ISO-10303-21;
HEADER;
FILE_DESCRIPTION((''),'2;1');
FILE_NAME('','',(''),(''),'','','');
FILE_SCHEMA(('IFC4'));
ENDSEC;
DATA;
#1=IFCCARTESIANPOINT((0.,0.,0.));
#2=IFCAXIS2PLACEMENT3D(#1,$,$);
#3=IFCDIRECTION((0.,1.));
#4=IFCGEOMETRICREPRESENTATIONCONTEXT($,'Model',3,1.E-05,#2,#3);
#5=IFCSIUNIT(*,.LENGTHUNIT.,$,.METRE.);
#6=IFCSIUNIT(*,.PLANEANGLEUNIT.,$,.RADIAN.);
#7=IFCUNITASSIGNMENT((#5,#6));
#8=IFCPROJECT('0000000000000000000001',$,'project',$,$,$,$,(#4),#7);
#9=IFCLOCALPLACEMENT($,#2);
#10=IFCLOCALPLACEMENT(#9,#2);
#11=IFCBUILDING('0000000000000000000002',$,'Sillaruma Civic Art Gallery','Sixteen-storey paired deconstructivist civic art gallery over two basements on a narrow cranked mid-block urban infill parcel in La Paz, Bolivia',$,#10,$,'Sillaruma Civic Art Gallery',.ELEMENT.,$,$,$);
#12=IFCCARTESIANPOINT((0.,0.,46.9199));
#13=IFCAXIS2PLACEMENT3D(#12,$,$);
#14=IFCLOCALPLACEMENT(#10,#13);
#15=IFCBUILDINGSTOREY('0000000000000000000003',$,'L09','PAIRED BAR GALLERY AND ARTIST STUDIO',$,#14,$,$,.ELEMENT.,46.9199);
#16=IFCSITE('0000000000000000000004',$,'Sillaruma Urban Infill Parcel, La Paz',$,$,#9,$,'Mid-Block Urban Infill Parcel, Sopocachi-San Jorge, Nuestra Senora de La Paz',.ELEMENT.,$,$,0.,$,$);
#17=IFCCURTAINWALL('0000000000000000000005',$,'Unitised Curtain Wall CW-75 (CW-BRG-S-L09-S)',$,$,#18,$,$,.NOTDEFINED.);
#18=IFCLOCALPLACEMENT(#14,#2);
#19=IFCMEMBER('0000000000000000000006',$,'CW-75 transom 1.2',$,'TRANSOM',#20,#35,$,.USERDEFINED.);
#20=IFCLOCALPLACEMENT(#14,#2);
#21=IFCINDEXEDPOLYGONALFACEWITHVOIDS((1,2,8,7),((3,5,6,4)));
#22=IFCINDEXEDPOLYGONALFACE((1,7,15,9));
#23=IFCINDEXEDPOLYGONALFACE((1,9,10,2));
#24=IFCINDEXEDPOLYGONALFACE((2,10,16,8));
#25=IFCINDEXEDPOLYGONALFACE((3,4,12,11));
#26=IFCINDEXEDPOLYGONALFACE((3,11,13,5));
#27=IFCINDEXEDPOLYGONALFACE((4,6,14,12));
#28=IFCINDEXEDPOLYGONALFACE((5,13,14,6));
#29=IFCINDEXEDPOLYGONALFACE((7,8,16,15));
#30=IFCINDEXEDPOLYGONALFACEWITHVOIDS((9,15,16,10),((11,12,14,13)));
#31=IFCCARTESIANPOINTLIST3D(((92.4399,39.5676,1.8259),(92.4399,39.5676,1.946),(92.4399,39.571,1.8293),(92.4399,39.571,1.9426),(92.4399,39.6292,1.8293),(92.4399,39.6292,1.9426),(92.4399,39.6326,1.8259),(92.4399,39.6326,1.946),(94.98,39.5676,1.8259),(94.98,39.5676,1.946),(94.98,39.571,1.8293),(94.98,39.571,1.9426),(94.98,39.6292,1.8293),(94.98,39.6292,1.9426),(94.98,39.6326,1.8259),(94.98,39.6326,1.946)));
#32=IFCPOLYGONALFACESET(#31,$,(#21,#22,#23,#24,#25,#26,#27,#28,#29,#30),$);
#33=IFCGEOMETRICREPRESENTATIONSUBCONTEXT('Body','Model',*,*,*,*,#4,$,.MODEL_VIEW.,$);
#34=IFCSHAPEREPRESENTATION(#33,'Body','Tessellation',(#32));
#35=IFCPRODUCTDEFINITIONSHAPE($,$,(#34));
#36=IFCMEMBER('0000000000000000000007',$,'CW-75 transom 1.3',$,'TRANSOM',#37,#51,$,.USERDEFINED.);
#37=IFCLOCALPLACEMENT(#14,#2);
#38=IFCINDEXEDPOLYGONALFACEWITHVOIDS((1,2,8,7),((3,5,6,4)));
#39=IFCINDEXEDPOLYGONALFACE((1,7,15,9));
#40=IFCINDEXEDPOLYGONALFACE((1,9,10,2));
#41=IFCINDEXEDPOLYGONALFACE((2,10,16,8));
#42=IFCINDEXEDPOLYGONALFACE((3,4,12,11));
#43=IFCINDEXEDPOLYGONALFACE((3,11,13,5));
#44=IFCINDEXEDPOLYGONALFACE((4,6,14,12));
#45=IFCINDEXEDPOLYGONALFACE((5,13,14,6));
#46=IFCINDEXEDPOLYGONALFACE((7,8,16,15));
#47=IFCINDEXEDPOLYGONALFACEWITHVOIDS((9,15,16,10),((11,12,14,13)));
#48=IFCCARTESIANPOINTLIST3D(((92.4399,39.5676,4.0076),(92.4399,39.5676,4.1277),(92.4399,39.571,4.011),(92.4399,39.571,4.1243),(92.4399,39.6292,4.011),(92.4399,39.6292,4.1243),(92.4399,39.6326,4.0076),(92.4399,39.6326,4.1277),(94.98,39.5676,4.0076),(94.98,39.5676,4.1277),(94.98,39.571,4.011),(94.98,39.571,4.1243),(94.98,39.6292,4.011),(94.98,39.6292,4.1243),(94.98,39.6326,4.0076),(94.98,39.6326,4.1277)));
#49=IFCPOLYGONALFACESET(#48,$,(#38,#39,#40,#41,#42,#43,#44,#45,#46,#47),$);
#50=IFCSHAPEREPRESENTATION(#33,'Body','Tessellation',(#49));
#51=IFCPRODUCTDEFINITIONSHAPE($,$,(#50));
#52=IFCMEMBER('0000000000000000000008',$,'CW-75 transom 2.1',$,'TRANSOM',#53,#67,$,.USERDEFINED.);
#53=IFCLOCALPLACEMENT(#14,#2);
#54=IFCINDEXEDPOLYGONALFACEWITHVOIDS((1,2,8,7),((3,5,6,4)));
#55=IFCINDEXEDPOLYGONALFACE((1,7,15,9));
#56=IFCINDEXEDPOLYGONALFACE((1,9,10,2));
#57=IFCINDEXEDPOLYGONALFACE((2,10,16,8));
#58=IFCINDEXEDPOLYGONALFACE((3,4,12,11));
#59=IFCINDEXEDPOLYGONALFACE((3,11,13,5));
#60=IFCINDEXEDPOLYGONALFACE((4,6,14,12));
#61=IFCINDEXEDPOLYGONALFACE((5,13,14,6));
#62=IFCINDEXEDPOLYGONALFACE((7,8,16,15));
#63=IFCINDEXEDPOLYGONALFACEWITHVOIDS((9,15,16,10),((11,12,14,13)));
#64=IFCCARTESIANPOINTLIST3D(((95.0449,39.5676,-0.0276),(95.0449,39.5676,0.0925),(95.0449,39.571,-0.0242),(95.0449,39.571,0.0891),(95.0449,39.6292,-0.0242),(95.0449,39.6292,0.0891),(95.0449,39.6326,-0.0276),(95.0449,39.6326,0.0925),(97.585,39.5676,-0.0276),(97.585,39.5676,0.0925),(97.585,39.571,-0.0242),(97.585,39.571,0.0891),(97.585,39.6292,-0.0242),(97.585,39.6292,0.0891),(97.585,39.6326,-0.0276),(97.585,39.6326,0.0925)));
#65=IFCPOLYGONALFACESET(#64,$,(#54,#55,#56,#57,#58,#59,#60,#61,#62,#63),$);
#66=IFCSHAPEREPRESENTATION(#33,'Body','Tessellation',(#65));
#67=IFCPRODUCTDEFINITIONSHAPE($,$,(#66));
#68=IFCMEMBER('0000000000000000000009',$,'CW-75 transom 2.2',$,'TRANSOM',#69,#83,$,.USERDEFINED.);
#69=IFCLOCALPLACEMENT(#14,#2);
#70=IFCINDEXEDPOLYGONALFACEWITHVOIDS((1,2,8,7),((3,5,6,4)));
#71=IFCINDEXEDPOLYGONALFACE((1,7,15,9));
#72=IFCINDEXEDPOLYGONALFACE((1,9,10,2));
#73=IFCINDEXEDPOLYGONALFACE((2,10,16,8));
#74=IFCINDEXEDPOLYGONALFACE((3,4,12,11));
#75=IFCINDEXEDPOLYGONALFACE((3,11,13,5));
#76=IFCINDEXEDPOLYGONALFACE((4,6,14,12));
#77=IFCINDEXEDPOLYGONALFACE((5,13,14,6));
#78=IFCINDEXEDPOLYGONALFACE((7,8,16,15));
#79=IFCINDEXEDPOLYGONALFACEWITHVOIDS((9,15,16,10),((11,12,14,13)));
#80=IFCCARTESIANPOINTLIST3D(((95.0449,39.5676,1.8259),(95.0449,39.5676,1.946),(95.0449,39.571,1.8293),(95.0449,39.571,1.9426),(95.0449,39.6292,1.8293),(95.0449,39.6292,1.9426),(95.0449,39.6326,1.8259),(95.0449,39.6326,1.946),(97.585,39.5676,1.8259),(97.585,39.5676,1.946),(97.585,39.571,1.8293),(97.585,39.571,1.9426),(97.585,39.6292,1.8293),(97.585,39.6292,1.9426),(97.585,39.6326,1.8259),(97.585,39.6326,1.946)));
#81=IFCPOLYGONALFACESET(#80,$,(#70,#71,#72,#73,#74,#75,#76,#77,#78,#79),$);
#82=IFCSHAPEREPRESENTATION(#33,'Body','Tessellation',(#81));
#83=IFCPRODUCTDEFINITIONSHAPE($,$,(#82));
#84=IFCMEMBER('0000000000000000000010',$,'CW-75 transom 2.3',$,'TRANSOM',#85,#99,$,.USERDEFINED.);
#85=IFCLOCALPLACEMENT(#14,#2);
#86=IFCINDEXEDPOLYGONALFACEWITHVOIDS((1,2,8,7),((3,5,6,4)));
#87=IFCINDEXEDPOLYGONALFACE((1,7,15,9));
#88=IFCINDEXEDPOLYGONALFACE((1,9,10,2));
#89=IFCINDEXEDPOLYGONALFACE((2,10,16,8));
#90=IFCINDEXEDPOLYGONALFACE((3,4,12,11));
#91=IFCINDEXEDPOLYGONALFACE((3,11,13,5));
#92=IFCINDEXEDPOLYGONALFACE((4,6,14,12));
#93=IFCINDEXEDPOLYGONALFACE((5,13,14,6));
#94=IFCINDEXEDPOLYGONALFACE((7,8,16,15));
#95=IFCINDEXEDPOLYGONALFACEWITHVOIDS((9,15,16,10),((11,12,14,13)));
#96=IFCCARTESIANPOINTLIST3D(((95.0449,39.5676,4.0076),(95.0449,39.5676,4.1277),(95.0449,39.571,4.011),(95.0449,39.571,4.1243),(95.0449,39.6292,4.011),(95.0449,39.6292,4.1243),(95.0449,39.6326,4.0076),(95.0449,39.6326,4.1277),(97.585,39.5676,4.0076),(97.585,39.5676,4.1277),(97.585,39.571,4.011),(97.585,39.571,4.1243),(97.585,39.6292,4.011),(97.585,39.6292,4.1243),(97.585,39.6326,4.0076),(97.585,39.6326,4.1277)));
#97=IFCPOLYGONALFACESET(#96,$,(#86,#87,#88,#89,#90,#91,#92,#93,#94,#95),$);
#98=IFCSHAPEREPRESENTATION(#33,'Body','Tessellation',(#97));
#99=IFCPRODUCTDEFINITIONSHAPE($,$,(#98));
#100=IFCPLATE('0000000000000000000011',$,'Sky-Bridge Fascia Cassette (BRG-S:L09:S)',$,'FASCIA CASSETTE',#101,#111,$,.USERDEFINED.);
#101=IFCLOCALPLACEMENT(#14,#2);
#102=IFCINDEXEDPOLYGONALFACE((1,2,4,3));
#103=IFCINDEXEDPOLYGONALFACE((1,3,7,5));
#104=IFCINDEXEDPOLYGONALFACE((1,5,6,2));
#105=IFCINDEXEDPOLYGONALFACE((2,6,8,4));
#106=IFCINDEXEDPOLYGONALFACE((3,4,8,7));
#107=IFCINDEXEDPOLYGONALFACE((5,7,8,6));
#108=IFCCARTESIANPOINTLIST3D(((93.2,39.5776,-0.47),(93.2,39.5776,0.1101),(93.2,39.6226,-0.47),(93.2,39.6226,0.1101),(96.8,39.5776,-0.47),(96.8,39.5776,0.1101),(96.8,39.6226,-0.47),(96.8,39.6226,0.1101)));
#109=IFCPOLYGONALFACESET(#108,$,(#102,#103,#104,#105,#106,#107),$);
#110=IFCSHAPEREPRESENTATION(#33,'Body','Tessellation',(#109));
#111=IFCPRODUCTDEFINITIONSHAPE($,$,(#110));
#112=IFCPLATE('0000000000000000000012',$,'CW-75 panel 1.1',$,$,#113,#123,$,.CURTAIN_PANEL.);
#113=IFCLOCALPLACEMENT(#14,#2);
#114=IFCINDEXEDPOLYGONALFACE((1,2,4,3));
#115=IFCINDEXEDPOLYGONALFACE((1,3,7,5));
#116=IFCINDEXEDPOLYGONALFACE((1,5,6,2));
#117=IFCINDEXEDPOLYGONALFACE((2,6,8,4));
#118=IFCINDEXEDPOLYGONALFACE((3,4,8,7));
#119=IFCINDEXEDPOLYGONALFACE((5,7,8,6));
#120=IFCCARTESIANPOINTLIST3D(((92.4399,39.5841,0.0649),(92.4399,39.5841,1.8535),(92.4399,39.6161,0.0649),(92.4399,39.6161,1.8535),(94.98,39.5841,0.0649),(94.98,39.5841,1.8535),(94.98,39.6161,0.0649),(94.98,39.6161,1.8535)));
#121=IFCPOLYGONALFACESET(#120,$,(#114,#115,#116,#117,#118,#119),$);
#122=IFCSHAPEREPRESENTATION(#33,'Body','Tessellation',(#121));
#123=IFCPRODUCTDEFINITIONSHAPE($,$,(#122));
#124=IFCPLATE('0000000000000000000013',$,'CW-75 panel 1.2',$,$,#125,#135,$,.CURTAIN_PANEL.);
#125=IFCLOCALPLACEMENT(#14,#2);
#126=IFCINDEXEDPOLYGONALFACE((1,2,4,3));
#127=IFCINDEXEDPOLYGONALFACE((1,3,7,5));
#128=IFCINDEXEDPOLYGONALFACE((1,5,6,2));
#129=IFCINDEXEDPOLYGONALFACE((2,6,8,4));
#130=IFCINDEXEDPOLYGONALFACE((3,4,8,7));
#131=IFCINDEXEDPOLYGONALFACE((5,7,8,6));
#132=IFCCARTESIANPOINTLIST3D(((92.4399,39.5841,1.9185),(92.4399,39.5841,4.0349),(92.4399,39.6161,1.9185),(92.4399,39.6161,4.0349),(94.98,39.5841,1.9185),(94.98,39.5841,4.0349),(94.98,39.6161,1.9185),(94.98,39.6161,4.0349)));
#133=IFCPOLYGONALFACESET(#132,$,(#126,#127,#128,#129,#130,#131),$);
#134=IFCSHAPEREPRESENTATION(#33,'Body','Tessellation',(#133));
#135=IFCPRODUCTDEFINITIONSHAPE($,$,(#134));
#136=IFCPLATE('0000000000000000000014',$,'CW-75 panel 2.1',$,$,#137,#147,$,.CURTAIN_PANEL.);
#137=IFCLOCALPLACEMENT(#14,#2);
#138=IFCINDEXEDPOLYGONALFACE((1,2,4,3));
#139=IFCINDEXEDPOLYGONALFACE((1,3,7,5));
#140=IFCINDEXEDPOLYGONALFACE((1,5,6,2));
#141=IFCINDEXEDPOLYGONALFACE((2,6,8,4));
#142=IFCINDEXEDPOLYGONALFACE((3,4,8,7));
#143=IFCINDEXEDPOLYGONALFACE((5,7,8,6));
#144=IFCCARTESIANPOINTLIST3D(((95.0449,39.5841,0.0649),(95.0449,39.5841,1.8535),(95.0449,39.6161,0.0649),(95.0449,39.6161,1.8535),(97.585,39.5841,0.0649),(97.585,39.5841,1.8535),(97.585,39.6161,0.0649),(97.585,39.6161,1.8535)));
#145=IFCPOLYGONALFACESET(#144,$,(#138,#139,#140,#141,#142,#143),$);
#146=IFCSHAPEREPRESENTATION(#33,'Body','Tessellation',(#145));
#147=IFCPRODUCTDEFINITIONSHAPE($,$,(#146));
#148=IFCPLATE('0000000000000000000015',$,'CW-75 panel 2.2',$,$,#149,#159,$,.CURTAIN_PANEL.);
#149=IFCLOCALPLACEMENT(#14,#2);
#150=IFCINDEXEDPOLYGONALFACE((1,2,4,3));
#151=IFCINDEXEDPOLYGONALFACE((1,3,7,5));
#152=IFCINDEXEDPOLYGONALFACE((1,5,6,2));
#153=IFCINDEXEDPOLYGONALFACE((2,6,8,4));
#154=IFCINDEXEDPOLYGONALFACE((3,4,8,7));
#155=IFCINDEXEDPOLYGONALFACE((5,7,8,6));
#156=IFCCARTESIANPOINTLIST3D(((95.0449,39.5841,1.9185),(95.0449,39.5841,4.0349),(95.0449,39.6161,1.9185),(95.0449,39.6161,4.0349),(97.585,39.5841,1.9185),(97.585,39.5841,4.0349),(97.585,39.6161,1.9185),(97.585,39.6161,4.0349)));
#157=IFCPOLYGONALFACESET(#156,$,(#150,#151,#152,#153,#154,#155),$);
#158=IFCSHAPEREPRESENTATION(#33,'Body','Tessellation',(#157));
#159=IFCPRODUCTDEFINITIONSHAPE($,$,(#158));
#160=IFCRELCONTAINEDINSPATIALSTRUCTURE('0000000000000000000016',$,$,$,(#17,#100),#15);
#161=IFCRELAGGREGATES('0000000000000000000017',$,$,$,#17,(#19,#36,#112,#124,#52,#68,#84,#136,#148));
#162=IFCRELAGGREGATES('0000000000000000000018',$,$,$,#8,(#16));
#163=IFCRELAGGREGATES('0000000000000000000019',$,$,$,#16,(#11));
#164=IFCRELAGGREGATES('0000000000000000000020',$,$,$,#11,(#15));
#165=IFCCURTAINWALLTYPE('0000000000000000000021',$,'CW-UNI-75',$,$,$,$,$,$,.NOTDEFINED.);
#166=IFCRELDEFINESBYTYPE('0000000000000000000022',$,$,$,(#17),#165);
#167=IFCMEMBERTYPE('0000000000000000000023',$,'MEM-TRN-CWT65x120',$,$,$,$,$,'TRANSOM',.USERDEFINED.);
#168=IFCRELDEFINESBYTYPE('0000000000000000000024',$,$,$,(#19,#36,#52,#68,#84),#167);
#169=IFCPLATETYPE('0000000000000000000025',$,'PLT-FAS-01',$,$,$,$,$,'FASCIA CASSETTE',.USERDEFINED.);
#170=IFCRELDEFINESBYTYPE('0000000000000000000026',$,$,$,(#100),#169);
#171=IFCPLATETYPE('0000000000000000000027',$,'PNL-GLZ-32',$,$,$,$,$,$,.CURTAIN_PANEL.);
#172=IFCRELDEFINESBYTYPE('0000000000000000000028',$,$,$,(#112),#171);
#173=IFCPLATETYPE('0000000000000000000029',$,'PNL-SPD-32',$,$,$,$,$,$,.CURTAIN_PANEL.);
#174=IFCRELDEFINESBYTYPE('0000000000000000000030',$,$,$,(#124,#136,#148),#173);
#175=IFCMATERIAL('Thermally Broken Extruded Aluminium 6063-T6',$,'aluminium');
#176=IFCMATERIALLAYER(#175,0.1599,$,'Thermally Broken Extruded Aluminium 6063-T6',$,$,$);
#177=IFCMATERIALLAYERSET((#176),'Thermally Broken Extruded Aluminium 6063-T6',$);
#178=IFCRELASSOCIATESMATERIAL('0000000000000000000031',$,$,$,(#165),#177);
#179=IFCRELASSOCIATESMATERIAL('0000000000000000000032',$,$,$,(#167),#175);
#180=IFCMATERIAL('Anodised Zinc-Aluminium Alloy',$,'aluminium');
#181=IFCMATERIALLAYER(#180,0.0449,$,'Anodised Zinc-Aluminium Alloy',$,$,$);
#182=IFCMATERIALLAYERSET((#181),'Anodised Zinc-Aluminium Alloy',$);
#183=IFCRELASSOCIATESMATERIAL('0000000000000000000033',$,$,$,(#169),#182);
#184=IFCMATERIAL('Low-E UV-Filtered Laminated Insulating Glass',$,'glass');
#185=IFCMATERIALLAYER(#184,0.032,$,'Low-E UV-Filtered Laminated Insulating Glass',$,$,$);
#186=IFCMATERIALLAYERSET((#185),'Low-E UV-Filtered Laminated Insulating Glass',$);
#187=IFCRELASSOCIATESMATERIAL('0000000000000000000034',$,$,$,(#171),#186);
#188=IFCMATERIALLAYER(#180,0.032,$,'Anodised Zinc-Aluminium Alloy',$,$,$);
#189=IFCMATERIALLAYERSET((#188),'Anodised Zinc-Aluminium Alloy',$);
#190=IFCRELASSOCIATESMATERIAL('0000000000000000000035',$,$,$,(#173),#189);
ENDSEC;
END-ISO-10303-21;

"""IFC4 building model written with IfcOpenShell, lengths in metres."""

from ifc_helpers import new_model, si_unit, direction, frame, origin, origin_2d, place, context, subcontext, project, spatial, rectangle, hollow_rectangle, extrude, material, layer, layer_set, material_profile, profile_set, type_object, element, aggregate, save


model = new_model("IFC4")

# Units and contexts
model_context = context("Model", 3, precision=1e-05, world=origin(), true_north=direction((0.0, 1.0)))
body_context = subcontext(model_context, "Body", "Model", "MODEL_VIEW")
ifc_project = project(units=[si_unit("LENGTHUNIT", "METRE"), si_unit("PLANEANGLEUNIT", "RADIAN")], contexts=[model_context])

# Site, building, storey
site_placement = place(None, origin())
site = spatial("IfcSite", under=ifc_project, at=site_placement, Name="Sillaruma Urban Infill Parcel, La Paz", LongName="Mid-Block Urban Infill Parcel, Sopocachi-San Jorge, Nuestra Senora de La Paz", CompositionType="ELEMENT", RefElevation=0.0)
building_placement = place(site_placement, origin())
building = spatial("IfcBuilding", under=site, at=building_placement, Name="Sillaruma Civic Art Gallery", Description="Sixteen-storey paired deconstructivist civic art gallery over two basements on a narrow cranked mid-block urban infill parcel in La Paz, Bolivia", LongName="Sillaruma Civic Art Gallery", CompositionType="ELEMENT")
storey_placement = place(building_placement, frame((0.0, 0.0, 46.9199)))
storey = spatial("IfcBuildingStorey", under=building, at=storey_placement, Name="L09", Description="PAIRED BAR GALLERY AND ARTIST STUDIO", CompositionType="ELEMENT", Elevation=46.9199)

# Curtain wall, members
ifc_material_1 = material(Name="Thermally Broken Extruded Aluminium 6063-T6", Category="aluminium")
ifc_layer_1 = layer(ifc_material_1, 0.1599, Name="Thermally Broken Extruded Aluminium 6063-T6")
ifc_layer_set_1 = layer_set([ifc_layer_1], Name="Thermally Broken Extruded Aluminium 6063-T6")
curtain_wall_type = type_object("IfcCurtainWallType", Name="CW-UNI-75", PredefinedType="NOTDEFINED", material=ifc_layer_set_1)
curtain_wall_placement = place(storey_placement, origin())
curtain_wall = element("IfcCurtainWall", 1, at=curtain_wall_placement, inside=storey, type_object=curtain_wall_type, Name="Unitised Curtain Wall CW-75 (CW-BRG-S-L09-S)", PredefinedType="NOTDEFINED")
ifc_material_profile_1 = material_profile(ifc_material_1, hollow_rectangle(XDim=0.0649, YDim=0.1201, WallThickness=0.0034, at=origin_2d()), Name="CWT65x120")
ifc_profile_set_1 = profile_set([ifc_material_profile_1], Name="Thermally Broken Extruded Aluminium 6063-T6")
member_type_1 = type_object("IfcMemberType", Name="MEM-TRN-CWT65x120", ElementType="TRANSOM", PredefinedType="USERDEFINED", material=ifc_profile_set_1)
member_1_placement = place(storey_placement, frame((92.4399, 39.6001, 1.886), z_axis=(1.0, 0.0, 0.0), x_axis=(0.0, 1.0, 0.0)))
member_1 = element("IfcMember", 2, at=member_1_placement, type_object=member_type_1, Name="CW-75 transom 1.2", ObjectType="TRANSOM", PredefinedType="USERDEFINED", context=body_context, shape_type="SweptSolid", body=[
    extrude(hollow_rectangle(XDim=0.0649, YDim=0.1201, WallThickness=0.0034, at=origin_2d()), origin(), (0.0, 0.0, 1.0), 2.54),
])
member_2_placement = place(storey_placement, frame((92.4399, 39.6001, 4.0676), z_axis=(1.0, 0.0, 0.0), x_axis=(0.0, 1.0, 0.0)))
member_2 = element("IfcMember", 3, at=member_2_placement, type_object=member_type_1, Name="CW-75 transom 1.3", ObjectType="TRANSOM", PredefinedType="USERDEFINED", context=body_context, shape_type="SweptSolid", body=[
    extrude(hollow_rectangle(XDim=0.0649, YDim=0.1201, WallThickness=0.0034, at=origin_2d()), origin(), (0.0, 0.0, 1.0), 2.54),
])
member_3_placement = place(storey_placement, frame((95.0449, 39.6001, 0.0325), z_axis=(1.0, 0.0, 0.0), x_axis=(0.0, 1.0, 0.0)))
member_3 = element("IfcMember", 4, at=member_3_placement, type_object=member_type_1, Name="CW-75 transom 2.1", ObjectType="TRANSOM", PredefinedType="USERDEFINED", context=body_context, shape_type="SweptSolid", body=[
    extrude(hollow_rectangle(XDim=0.0649, YDim=0.1201, WallThickness=0.0034, at=origin_2d()), origin(), (0.0, 0.0, 1.0), 2.54),
])
member_4_placement = place(storey_placement, frame((95.0449, 39.6001, 1.886), z_axis=(1.0, 0.0, 0.0), x_axis=(0.0, 1.0, 0.0)))
member_4 = element("IfcMember", 5, at=member_4_placement, type_object=member_type_1, Name="CW-75 transom 2.2", ObjectType="TRANSOM", PredefinedType="USERDEFINED", context=body_context, shape_type="SweptSolid", body=[
    extrude(hollow_rectangle(XDim=0.0649, YDim=0.1201, WallThickness=0.0034, at=origin_2d()), origin(), (0.0, 0.0, 1.0), 2.54),
])
member_5_placement = place(storey_placement, frame((95.0449, 39.6001, 4.0676), z_axis=(1.0, 0.0, 0.0), x_axis=(0.0, 1.0, 0.0)))
member_5 = element("IfcMember", 6, at=member_5_placement, type_object=member_type_1, Name="CW-75 transom 2.3", ObjectType="TRANSOM", PredefinedType="USERDEFINED", context=body_context, shape_type="SweptSolid", body=[
    extrude(hollow_rectangle(XDim=0.0649, YDim=0.1201, WallThickness=0.0034, at=origin_2d()), origin(), (0.0, 0.0, 1.0), 2.54),
])

# Plates
ifc_material_2 = material(Name="Anodised Zinc-Aluminium Alloy", Category="aluminium")
ifc_layer_2 = layer(ifc_material_2, 0.0449, Name="Anodised Zinc-Aluminium Alloy")
ifc_layer_set_2 = layer_set([ifc_layer_2], Name="Anodised Zinc-Aluminium Alloy")
plate_type_1 = type_object("IfcPlateType", Name="PLT-FAS-01", ElementType="FASCIA CASSETTE", PredefinedType="USERDEFINED", material=ifc_layer_set_2)
plate_1_placement = place(storey_placement, frame((95.0, 39.6001, -0.47), z_axis=(0.0, 0.0, 1.0), x_axis=(1.0, 0.0, 0.0)))
element("IfcPlate", 7, at=plate_1_placement, inside=storey, type_object=plate_type_1, Name="Sky-Bridge Fascia Cassette (BRG-S:L09:S)", ObjectType="FASCIA CASSETTE", PredefinedType="USERDEFINED", context=body_context, shape_type="SweptSolid", body=[
    extrude(rectangle(XDim=3.6001, YDim=0.0449, at=origin_2d()), origin(), (0.0, 0.0, 1.0), 0.5801),
])
ifc_material_3 = material(Name="Low-E UV-Filtered Laminated Insulating Glass", Category="glass")
ifc_layer_3 = layer(ifc_material_3, 0.032, Name="Low-E UV-Filtered Laminated Insulating Glass")
ifc_layer_set_3 = layer_set([ifc_layer_3], Name="Low-E UV-Filtered Laminated Insulating Glass")
plate_type_2 = type_object("IfcPlateType", Name="PNL-GLZ-32", PredefinedType="CURTAIN_PANEL", material=ifc_layer_set_3)
plate_2_placement = place(storey_placement, frame((93.71, 39.6001, 0.0649), z_axis=(0.0, 0.0, 1.0), x_axis=(1.0, 0.0, 0.0)))
plate_2 = element("IfcPlate", 8, at=plate_2_placement, type_object=plate_type_2, Name="CW-75 panel 1.1", PredefinedType="CURTAIN_PANEL", context=body_context, shape_type="SweptSolid", body=[
    extrude(rectangle(XDim=2.54, YDim=0.032, at=origin_2d()), origin(), (0.0, 0.0, 1.0), 1.7886),
])
ifc_layer_4 = layer(ifc_material_2, 0.032, Name="Anodised Zinc-Aluminium Alloy")
ifc_layer_set_4 = layer_set([ifc_layer_4], Name="Anodised Zinc-Aluminium Alloy")
plate_type_3 = type_object("IfcPlateType", Name="PNL-SPD-32", PredefinedType="CURTAIN_PANEL", material=ifc_layer_set_4)
plate_3_placement = place(storey_placement, frame((93.71, 39.6001, 1.9185), z_axis=(0.0, 0.0, 1.0), x_axis=(1.0, 0.0, 0.0)))
plate_3 = element("IfcPlate", 9, at=plate_3_placement, type_object=plate_type_3, Name="CW-75 panel 1.2", PredefinedType="CURTAIN_PANEL", context=body_context, shape_type="SweptSolid", body=[
    extrude(rectangle(XDim=2.54, YDim=0.032, at=origin_2d()), origin(), (0.0, 0.0, 1.0), 2.1165),
])
plate_4_placement = place(storey_placement, frame((96.3149, 39.6001, 0.0649), z_axis=(0.0, 0.0, 1.0), x_axis=(1.0, 0.0, 0.0)))
plate_4 = element("IfcPlate", 10, at=plate_4_placement, type_object=plate_type_3, Name="CW-75 panel 2.1", PredefinedType="CURTAIN_PANEL", context=body_context, shape_type="SweptSolid", body=[
    extrude(rectangle(XDim=2.54, YDim=0.032, at=origin_2d()), origin(), (0.0, 0.0, 1.0), 1.7886),
])
plate_5_placement = place(storey_placement, frame((96.3149, 39.6001, 1.9185), z_axis=(0.0, 0.0, 1.0), x_axis=(1.0, 0.0, 0.0)))
plate_5 = element("IfcPlate", 11, at=plate_5_placement, type_object=plate_type_3, Name="CW-75 panel 2.2", PredefinedType="CURTAIN_PANEL", context=body_context, shape_type="SweptSolid", body=[
    extrude(rectangle(XDim=2.54, YDim=0.032, at=origin_2d()), origin(), (0.0, 0.0, 1.0), 2.1165),
])
aggregate(curtain_wall, [member_1, member_2, plate_2, plate_3, member_3, member_4, member_5, plate_4, plate_5])

save(model, "model.ifc")
